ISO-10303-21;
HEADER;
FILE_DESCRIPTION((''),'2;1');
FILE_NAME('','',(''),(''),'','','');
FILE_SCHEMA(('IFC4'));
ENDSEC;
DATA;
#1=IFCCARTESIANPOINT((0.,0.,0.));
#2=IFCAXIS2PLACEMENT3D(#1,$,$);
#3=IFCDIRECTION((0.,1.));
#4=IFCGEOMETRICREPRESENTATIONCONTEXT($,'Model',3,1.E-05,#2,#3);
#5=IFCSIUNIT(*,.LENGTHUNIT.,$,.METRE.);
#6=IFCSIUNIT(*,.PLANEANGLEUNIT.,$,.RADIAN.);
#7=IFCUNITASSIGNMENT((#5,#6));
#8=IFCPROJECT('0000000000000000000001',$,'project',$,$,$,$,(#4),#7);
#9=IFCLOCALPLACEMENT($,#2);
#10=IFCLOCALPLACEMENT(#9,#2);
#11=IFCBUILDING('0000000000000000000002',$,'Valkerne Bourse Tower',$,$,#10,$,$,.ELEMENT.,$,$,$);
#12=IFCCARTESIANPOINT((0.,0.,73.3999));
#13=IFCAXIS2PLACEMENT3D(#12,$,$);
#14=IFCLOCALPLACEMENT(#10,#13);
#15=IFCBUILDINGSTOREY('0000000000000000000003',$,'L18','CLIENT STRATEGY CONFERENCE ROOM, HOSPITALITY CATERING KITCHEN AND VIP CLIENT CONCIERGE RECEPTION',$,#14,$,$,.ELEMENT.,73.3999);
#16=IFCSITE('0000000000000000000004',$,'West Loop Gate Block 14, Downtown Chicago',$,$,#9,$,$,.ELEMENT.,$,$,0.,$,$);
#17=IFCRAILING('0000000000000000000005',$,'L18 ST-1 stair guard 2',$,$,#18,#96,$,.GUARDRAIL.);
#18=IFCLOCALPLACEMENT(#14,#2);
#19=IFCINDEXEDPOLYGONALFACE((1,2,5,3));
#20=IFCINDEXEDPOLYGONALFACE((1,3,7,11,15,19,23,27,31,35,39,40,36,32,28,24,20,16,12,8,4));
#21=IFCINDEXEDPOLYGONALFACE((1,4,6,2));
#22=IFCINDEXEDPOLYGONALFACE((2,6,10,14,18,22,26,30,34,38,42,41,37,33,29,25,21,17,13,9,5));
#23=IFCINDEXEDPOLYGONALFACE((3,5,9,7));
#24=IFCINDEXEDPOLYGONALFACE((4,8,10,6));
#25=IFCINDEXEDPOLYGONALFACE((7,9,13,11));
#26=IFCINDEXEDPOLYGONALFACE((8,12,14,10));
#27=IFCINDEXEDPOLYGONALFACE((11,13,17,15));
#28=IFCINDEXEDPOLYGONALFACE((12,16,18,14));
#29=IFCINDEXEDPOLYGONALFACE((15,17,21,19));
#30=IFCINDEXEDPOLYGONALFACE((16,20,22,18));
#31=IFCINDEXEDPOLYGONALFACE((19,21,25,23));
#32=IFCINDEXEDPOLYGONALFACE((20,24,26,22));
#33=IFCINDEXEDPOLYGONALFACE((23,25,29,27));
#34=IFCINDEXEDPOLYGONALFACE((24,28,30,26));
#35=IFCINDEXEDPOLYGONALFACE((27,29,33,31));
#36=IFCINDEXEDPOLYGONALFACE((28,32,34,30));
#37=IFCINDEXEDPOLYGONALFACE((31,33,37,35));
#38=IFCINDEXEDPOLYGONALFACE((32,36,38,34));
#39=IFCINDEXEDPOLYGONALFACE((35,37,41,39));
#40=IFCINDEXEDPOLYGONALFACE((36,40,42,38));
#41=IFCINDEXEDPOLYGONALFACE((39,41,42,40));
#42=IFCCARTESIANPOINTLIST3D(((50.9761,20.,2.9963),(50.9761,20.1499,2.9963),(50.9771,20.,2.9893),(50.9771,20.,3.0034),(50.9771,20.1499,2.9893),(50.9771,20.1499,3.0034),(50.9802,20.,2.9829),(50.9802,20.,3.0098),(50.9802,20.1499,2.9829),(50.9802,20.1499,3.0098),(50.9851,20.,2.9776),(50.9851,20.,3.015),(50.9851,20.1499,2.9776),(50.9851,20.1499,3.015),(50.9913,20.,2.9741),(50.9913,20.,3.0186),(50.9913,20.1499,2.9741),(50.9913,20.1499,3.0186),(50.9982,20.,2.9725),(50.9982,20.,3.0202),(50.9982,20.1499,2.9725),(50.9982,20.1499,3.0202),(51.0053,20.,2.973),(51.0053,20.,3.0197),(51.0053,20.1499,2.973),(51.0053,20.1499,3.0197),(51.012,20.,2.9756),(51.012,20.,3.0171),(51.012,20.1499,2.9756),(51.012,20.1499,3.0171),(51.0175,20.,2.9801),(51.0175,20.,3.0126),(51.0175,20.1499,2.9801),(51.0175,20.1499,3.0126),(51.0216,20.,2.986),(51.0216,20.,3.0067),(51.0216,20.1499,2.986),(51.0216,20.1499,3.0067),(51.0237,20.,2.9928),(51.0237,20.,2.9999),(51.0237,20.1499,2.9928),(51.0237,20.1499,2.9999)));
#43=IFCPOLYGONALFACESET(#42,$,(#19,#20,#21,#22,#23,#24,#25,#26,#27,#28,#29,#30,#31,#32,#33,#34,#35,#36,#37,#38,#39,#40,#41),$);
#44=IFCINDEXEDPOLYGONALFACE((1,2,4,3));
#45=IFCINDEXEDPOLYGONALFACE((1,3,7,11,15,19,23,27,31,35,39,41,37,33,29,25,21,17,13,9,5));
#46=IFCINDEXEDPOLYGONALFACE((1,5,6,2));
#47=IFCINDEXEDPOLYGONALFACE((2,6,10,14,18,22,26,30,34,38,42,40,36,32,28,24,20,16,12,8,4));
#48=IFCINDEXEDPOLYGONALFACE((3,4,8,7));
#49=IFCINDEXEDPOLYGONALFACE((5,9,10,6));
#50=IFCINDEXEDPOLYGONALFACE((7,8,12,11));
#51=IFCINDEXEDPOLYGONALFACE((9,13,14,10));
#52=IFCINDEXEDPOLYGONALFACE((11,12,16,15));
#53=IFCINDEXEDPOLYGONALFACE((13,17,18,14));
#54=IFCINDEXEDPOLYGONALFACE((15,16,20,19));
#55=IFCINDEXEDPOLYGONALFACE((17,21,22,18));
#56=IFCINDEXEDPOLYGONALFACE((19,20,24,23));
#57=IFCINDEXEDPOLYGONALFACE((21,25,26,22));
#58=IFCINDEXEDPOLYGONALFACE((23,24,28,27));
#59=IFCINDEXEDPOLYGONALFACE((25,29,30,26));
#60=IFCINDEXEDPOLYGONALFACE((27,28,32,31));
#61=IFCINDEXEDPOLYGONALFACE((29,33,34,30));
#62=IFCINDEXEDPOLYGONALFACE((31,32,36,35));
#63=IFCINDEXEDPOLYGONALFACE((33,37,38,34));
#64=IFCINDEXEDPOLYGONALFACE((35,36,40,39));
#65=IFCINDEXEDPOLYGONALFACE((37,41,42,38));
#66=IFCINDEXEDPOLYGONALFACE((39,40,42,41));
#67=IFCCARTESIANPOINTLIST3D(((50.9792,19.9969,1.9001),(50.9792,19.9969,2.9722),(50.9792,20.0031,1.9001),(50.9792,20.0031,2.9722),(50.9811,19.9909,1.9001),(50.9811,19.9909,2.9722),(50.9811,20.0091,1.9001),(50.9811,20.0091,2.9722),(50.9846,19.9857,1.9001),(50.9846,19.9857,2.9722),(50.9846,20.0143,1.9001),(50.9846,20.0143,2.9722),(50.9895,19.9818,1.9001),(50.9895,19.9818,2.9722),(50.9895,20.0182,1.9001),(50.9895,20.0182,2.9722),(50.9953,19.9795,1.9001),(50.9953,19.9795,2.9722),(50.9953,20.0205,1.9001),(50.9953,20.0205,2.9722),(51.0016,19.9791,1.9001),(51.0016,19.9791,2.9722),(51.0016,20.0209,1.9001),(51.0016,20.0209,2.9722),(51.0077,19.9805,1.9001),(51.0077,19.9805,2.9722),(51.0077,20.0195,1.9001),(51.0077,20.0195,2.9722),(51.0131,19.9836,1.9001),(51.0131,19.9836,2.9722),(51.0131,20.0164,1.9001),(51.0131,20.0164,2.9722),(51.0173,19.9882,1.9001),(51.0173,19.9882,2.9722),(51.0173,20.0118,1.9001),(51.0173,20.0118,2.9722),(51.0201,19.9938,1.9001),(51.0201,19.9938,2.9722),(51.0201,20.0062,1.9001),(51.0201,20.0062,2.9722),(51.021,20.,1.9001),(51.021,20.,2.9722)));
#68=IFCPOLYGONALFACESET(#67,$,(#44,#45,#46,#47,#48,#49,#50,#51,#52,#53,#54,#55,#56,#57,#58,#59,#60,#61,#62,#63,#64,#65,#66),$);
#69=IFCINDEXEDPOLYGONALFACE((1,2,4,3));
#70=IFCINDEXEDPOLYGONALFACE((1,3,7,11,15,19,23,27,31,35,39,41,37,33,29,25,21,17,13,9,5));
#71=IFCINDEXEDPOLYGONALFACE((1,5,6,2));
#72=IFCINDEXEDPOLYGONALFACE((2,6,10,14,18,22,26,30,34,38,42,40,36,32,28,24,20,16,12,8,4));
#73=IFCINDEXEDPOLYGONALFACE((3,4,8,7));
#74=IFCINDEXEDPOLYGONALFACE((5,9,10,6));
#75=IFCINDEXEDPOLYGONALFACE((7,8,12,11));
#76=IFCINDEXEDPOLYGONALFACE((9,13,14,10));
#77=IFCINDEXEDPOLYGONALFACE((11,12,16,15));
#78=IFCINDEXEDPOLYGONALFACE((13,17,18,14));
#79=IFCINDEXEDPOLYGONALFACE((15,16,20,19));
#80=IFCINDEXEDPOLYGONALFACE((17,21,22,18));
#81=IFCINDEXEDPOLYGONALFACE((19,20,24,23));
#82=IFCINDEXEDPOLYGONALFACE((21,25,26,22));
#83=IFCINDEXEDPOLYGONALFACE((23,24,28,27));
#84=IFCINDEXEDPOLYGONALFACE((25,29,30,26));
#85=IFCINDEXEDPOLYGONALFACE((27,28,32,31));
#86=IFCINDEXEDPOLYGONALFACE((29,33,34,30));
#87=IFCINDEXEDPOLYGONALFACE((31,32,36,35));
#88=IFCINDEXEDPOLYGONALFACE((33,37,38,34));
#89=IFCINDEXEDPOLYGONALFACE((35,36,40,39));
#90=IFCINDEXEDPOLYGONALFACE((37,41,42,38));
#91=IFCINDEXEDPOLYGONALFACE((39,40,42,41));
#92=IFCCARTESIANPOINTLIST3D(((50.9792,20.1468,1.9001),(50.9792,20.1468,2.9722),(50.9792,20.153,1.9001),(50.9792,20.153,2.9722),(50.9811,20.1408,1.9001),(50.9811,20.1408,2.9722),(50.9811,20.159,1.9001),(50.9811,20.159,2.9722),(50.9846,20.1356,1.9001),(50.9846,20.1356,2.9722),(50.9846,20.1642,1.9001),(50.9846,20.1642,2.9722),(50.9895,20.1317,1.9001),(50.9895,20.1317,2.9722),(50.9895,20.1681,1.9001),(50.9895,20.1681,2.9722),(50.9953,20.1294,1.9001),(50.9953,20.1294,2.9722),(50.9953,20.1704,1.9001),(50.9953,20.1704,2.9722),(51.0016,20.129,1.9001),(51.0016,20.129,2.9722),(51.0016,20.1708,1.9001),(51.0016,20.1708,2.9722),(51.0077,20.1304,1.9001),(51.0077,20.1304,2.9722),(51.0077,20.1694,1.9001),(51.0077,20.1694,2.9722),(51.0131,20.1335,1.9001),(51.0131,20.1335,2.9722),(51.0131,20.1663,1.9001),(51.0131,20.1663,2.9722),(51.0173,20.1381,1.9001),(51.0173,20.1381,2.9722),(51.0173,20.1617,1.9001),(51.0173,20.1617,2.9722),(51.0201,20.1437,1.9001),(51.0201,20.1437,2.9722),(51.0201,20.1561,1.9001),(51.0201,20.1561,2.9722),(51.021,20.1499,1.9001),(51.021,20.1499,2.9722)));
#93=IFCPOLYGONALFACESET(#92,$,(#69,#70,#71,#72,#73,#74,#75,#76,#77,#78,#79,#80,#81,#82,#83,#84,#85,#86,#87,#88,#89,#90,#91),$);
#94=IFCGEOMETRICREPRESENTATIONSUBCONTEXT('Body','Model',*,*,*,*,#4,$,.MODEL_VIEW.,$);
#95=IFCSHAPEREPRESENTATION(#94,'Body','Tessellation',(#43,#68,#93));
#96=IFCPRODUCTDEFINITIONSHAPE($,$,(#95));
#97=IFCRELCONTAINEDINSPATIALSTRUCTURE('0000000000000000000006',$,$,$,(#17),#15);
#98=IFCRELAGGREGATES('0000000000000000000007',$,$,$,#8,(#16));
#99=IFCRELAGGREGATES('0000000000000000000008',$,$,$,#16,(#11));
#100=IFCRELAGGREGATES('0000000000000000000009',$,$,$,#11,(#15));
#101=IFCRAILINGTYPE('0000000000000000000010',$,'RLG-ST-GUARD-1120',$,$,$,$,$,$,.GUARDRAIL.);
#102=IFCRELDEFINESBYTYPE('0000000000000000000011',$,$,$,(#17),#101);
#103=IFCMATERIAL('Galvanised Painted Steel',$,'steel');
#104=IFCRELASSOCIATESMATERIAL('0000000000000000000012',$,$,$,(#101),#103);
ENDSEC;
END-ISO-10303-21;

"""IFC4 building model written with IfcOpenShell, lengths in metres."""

from ifc_helpers import new_model, si_unit, direction, frame, origin, origin_2d, place, context, subcontext, project, spatial, circle, extrude, material, type_object, element, save


model = new_model("IFC4")

# Units and contexts
model_context = context("Model", 3, precision=1e-05, world=origin(), true_north=direction((0.0, 1.0)))
body_context = subcontext(model_context, "Body", "Model", "MODEL_VIEW")
ifc_project = project(units=[si_unit("LENGTHUNIT", "METRE"), si_unit("PLANEANGLEUNIT", "RADIAN")], contexts=[model_context])

# Site, building, storey
site_placement = place(None, origin())
site = spatial("IfcSite", under=ifc_project, at=site_placement, Name="West Loop Gate Block 14, Downtown Chicago", CompositionType="ELEMENT", RefElevation=0.0)
building_placement = place(site_placement, origin())
building = spatial("IfcBuilding", under=site, at=building_placement, Name="Valkerne Bourse Tower", CompositionType="ELEMENT")
storey_placement = place(building_placement, frame((0.0, 0.0, 73.3999)))
storey = spatial("IfcBuildingStorey", under=building, at=storey_placement, Name="L18", Description="CLIENT STRATEGY CONFERENCE ROOM, HOSPITALITY CATERING KITCHEN AND VIP CLIENT CONCIERGE RECEPTION", CompositionType="ELEMENT", Elevation=73.3999)

# Shared definitions
ifc_material_1 = material(Name="Galvanised Painted Steel", Category="steel")

# Railing
railing_type_1 = type_object("IfcRailingType", Name="RLG-ST-GUARD-1120", PredefinedType="GUARDRAIL", material=ifc_material_1)
railing_1_placement = place(storey_placement, frame((51.0, 20.0, 1.9001)))
element("IfcRailing", 1, at=railing_1_placement, inside=storey, type_object=railing_type_1, Name="L18 ST-1 stair guard 2", PredefinedType="GUARDRAIL", context=body_context, shape_type="SweptSolid", body=[
    extrude(circle(Radius=0.0239, at=origin_2d()), frame((0.0, 0.0, 1.0962), z_axis=(0.0, 1.0, 0.0), x_axis=(-1.0, 0.0, 0.0)), (0.0, 0.0, 1.0), 0.1499),
    extrude(circle(Radius=0.021, at=origin_2d()), origin(), (0.0, 0.0, 1.0), 1.072),
    extrude(circle(Radius=0.021, at=origin_2d()), frame((0.0, 0.1499, 0.0)), (0.0, 0.0, 1.0), 1.072),
])

save(model, "model.ifc")
